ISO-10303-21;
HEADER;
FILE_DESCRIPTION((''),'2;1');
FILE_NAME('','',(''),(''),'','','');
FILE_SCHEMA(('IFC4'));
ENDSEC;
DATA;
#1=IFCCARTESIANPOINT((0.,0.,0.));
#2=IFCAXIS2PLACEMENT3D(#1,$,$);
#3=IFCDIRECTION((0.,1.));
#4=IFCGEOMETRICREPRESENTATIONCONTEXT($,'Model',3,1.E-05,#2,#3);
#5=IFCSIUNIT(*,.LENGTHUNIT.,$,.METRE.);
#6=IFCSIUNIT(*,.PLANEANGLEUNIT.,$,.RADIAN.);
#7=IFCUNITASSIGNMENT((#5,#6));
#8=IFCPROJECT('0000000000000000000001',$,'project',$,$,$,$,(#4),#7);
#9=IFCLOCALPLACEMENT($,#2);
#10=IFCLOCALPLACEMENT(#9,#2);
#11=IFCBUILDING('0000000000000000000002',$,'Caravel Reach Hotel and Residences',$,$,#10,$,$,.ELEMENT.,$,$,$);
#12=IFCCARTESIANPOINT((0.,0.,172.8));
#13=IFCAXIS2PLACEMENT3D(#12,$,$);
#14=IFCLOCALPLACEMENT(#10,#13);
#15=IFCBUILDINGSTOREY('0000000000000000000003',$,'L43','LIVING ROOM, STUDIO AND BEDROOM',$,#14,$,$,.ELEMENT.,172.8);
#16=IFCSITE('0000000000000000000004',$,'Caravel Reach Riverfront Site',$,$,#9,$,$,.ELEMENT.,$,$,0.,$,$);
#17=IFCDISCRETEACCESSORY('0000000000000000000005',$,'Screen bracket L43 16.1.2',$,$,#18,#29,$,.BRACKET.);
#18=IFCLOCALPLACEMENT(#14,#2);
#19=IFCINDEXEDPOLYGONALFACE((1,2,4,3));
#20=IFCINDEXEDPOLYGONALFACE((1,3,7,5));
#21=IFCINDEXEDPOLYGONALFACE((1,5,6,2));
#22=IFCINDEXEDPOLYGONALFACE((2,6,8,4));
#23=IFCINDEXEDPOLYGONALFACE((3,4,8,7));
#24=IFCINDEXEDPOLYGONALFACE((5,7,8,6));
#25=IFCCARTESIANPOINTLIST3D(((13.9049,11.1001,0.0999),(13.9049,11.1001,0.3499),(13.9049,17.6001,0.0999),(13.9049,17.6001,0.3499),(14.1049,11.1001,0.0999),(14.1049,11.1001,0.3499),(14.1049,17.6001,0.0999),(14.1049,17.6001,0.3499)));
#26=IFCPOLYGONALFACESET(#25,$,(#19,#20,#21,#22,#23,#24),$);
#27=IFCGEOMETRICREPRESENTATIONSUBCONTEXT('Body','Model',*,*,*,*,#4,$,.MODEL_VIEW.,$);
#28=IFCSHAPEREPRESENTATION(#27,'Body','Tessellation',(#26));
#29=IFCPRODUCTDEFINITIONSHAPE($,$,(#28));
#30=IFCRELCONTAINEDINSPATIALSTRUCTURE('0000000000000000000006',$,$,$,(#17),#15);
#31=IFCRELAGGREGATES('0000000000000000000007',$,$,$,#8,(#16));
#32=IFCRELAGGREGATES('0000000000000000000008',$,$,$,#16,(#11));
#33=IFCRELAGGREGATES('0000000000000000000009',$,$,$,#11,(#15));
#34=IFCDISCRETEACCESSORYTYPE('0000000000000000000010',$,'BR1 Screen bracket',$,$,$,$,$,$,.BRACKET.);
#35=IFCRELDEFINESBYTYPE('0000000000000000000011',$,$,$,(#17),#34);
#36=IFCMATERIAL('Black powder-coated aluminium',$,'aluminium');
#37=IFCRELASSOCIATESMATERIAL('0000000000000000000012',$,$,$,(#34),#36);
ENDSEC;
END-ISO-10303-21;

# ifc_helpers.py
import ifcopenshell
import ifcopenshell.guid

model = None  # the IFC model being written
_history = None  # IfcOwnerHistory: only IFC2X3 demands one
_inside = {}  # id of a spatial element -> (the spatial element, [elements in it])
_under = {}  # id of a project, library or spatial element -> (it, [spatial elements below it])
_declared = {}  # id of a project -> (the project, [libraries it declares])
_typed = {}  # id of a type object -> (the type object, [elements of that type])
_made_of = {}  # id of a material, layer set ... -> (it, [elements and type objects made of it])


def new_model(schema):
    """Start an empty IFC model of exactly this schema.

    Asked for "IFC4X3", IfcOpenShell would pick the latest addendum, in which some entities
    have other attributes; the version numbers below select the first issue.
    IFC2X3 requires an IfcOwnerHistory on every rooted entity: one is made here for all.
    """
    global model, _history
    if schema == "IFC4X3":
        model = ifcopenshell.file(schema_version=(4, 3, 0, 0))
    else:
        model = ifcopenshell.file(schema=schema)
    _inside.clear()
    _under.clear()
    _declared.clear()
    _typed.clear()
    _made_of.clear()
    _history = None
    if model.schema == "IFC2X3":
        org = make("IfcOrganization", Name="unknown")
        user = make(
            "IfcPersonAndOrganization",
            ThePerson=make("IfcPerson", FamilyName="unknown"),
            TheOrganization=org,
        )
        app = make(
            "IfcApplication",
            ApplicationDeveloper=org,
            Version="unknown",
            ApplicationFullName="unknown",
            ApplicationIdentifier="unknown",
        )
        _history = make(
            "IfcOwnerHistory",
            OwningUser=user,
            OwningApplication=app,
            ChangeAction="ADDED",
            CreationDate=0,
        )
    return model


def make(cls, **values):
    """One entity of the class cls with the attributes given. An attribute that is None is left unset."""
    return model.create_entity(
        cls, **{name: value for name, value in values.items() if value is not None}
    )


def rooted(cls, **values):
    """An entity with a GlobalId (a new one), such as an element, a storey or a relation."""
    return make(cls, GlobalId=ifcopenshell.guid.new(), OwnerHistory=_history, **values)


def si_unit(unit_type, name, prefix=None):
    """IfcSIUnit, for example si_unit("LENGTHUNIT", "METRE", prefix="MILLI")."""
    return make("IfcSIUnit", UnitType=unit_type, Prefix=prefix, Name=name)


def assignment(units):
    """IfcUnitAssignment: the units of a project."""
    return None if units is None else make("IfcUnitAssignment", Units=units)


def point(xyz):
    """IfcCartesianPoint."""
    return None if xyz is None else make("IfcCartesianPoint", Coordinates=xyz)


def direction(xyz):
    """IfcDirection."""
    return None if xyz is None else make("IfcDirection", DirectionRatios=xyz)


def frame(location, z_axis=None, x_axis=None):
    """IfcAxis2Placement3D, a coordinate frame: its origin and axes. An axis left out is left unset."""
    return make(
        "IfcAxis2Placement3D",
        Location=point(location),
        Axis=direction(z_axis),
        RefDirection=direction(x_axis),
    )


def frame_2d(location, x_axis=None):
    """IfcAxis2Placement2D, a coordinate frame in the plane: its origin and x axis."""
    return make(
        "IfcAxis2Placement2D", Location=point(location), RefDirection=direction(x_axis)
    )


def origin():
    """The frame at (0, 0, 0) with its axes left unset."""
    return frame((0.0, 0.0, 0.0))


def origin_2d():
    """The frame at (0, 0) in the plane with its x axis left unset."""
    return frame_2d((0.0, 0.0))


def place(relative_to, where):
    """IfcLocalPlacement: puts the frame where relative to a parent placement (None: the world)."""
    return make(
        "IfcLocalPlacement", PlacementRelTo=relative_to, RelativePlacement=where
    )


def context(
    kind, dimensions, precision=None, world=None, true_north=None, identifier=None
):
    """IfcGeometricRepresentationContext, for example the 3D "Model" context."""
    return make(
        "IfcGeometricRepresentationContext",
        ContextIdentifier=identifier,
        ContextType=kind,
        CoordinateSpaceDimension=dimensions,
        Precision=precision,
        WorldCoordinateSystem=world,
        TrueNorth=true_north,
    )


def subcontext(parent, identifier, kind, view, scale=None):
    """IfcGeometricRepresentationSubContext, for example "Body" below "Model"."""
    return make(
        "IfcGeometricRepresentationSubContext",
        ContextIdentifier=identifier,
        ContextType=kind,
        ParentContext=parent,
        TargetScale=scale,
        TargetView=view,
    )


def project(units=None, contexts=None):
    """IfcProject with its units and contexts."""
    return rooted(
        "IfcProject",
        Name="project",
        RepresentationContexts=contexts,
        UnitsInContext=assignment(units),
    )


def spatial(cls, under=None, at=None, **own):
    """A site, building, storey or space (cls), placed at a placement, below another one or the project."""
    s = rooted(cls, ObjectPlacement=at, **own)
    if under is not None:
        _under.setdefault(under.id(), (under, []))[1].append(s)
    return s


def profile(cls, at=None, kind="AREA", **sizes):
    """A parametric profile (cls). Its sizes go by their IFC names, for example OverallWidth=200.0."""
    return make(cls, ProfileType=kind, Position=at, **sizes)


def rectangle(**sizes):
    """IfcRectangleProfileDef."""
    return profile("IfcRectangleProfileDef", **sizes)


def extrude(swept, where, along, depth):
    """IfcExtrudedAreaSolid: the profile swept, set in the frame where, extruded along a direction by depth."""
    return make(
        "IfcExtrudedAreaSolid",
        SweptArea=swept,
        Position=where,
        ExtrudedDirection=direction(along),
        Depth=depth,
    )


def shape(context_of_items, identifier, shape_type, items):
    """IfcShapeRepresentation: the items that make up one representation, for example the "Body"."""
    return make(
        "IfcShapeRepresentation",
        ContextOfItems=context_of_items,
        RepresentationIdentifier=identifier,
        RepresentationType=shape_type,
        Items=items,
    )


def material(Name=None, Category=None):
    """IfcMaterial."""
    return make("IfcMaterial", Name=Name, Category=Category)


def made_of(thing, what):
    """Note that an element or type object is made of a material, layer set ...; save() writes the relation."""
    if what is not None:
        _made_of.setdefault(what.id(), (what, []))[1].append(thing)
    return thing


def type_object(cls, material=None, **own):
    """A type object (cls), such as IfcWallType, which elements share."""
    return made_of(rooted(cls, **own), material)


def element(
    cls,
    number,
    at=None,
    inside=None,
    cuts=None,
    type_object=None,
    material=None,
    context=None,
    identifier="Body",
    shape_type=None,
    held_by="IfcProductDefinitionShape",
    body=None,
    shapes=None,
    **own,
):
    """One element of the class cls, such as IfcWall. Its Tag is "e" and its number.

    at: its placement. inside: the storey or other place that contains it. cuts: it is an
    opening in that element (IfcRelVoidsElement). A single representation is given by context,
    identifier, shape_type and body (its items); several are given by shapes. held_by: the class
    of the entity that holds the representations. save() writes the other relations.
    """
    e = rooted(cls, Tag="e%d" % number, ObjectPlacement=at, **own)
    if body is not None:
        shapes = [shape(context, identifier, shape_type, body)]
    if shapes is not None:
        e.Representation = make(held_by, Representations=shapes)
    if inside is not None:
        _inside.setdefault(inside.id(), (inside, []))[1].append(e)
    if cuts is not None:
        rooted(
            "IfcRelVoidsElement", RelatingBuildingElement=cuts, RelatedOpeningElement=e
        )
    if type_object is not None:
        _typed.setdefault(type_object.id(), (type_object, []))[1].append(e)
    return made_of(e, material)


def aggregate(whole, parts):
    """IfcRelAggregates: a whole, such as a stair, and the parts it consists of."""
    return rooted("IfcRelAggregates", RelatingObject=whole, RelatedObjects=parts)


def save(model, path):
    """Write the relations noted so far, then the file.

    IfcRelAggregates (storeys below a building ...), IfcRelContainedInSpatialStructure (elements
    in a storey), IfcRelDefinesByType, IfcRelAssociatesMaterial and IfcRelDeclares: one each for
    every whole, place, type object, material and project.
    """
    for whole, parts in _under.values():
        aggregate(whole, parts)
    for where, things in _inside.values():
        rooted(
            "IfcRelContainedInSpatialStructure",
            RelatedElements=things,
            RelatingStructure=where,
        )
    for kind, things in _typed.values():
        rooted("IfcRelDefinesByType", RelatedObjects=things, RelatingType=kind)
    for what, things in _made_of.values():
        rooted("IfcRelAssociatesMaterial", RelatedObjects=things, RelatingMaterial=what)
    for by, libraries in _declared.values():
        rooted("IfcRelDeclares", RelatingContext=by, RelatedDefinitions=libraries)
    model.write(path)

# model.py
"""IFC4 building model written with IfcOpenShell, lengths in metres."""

from ifc_helpers import new_model, si_unit, direction, frame, origin, origin_2d, place, context, subcontext, project, spatial, rectangle, extrude, material, type_object, element, save


model = new_model("IFC4")

# Units and contexts
model_context = context("Model", 3, precision=1e-05, world=origin(), true_north=direction((0.0, 1.0)))
body_context = subcontext(model_context, "Body", "Model", "MODEL_VIEW")
ifc_project = project(units=[si_unit("LENGTHUNIT", "METRE"), si_unit("PLANEANGLEUNIT", "RADIAN")], contexts=[model_context])

# Site, building, storey
site_placement = place(None, origin())
site = spatial("IfcSite", under=ifc_project, at=site_placement, Name="Caravel Reach Riverfront Site", CompositionType="ELEMENT", RefElevation=0.0)
building_placement = place(site_placement, origin())
building = spatial("IfcBuilding", under=site, at=building_placement, Name="Caravel Reach Hotel and Residences", CompositionType="ELEMENT")
storey_placement = place(building_placement, frame((0.0, 0.0, 172.8)))
storey = spatial("IfcBuildingStorey", under=building, at=storey_placement, Name="L43", Description="LIVING ROOM, STUDIO AND BEDROOM", CompositionType="ELEMENT", Elevation=172.8)

# Discrete accessory
ifc_material_1 = material(Name="Black powder-coated aluminium", Category="aluminium")
discrete_accessory_type = type_object("IfcDiscreteAccessoryType", Name="BR1 Screen bracket", PredefinedType="BRACKET", material=ifc_material_1)
discrete_accessory_1_placement = place(storey_placement, frame((14.0049, 14.3501, 0.0999), z_axis=(0.0, 0.0, 1.0), x_axis=(0.0, -1.0, 0.0)))
element("IfcDiscreteAccessory", 1, at=discrete_accessory_1_placement, inside=storey, type_object=discrete_accessory_type, Name="Screen bracket L43 16.1.2", PredefinedType="BRACKET", context=body_context, shape_type="SweptSolid", body=[
    extrude(rectangle(XDim=6.5, YDim=0.2, at=origin_2d()), origin(), (0.0, 0.0, 1.0), 0.25),
])

save(model, "model.ifc")
